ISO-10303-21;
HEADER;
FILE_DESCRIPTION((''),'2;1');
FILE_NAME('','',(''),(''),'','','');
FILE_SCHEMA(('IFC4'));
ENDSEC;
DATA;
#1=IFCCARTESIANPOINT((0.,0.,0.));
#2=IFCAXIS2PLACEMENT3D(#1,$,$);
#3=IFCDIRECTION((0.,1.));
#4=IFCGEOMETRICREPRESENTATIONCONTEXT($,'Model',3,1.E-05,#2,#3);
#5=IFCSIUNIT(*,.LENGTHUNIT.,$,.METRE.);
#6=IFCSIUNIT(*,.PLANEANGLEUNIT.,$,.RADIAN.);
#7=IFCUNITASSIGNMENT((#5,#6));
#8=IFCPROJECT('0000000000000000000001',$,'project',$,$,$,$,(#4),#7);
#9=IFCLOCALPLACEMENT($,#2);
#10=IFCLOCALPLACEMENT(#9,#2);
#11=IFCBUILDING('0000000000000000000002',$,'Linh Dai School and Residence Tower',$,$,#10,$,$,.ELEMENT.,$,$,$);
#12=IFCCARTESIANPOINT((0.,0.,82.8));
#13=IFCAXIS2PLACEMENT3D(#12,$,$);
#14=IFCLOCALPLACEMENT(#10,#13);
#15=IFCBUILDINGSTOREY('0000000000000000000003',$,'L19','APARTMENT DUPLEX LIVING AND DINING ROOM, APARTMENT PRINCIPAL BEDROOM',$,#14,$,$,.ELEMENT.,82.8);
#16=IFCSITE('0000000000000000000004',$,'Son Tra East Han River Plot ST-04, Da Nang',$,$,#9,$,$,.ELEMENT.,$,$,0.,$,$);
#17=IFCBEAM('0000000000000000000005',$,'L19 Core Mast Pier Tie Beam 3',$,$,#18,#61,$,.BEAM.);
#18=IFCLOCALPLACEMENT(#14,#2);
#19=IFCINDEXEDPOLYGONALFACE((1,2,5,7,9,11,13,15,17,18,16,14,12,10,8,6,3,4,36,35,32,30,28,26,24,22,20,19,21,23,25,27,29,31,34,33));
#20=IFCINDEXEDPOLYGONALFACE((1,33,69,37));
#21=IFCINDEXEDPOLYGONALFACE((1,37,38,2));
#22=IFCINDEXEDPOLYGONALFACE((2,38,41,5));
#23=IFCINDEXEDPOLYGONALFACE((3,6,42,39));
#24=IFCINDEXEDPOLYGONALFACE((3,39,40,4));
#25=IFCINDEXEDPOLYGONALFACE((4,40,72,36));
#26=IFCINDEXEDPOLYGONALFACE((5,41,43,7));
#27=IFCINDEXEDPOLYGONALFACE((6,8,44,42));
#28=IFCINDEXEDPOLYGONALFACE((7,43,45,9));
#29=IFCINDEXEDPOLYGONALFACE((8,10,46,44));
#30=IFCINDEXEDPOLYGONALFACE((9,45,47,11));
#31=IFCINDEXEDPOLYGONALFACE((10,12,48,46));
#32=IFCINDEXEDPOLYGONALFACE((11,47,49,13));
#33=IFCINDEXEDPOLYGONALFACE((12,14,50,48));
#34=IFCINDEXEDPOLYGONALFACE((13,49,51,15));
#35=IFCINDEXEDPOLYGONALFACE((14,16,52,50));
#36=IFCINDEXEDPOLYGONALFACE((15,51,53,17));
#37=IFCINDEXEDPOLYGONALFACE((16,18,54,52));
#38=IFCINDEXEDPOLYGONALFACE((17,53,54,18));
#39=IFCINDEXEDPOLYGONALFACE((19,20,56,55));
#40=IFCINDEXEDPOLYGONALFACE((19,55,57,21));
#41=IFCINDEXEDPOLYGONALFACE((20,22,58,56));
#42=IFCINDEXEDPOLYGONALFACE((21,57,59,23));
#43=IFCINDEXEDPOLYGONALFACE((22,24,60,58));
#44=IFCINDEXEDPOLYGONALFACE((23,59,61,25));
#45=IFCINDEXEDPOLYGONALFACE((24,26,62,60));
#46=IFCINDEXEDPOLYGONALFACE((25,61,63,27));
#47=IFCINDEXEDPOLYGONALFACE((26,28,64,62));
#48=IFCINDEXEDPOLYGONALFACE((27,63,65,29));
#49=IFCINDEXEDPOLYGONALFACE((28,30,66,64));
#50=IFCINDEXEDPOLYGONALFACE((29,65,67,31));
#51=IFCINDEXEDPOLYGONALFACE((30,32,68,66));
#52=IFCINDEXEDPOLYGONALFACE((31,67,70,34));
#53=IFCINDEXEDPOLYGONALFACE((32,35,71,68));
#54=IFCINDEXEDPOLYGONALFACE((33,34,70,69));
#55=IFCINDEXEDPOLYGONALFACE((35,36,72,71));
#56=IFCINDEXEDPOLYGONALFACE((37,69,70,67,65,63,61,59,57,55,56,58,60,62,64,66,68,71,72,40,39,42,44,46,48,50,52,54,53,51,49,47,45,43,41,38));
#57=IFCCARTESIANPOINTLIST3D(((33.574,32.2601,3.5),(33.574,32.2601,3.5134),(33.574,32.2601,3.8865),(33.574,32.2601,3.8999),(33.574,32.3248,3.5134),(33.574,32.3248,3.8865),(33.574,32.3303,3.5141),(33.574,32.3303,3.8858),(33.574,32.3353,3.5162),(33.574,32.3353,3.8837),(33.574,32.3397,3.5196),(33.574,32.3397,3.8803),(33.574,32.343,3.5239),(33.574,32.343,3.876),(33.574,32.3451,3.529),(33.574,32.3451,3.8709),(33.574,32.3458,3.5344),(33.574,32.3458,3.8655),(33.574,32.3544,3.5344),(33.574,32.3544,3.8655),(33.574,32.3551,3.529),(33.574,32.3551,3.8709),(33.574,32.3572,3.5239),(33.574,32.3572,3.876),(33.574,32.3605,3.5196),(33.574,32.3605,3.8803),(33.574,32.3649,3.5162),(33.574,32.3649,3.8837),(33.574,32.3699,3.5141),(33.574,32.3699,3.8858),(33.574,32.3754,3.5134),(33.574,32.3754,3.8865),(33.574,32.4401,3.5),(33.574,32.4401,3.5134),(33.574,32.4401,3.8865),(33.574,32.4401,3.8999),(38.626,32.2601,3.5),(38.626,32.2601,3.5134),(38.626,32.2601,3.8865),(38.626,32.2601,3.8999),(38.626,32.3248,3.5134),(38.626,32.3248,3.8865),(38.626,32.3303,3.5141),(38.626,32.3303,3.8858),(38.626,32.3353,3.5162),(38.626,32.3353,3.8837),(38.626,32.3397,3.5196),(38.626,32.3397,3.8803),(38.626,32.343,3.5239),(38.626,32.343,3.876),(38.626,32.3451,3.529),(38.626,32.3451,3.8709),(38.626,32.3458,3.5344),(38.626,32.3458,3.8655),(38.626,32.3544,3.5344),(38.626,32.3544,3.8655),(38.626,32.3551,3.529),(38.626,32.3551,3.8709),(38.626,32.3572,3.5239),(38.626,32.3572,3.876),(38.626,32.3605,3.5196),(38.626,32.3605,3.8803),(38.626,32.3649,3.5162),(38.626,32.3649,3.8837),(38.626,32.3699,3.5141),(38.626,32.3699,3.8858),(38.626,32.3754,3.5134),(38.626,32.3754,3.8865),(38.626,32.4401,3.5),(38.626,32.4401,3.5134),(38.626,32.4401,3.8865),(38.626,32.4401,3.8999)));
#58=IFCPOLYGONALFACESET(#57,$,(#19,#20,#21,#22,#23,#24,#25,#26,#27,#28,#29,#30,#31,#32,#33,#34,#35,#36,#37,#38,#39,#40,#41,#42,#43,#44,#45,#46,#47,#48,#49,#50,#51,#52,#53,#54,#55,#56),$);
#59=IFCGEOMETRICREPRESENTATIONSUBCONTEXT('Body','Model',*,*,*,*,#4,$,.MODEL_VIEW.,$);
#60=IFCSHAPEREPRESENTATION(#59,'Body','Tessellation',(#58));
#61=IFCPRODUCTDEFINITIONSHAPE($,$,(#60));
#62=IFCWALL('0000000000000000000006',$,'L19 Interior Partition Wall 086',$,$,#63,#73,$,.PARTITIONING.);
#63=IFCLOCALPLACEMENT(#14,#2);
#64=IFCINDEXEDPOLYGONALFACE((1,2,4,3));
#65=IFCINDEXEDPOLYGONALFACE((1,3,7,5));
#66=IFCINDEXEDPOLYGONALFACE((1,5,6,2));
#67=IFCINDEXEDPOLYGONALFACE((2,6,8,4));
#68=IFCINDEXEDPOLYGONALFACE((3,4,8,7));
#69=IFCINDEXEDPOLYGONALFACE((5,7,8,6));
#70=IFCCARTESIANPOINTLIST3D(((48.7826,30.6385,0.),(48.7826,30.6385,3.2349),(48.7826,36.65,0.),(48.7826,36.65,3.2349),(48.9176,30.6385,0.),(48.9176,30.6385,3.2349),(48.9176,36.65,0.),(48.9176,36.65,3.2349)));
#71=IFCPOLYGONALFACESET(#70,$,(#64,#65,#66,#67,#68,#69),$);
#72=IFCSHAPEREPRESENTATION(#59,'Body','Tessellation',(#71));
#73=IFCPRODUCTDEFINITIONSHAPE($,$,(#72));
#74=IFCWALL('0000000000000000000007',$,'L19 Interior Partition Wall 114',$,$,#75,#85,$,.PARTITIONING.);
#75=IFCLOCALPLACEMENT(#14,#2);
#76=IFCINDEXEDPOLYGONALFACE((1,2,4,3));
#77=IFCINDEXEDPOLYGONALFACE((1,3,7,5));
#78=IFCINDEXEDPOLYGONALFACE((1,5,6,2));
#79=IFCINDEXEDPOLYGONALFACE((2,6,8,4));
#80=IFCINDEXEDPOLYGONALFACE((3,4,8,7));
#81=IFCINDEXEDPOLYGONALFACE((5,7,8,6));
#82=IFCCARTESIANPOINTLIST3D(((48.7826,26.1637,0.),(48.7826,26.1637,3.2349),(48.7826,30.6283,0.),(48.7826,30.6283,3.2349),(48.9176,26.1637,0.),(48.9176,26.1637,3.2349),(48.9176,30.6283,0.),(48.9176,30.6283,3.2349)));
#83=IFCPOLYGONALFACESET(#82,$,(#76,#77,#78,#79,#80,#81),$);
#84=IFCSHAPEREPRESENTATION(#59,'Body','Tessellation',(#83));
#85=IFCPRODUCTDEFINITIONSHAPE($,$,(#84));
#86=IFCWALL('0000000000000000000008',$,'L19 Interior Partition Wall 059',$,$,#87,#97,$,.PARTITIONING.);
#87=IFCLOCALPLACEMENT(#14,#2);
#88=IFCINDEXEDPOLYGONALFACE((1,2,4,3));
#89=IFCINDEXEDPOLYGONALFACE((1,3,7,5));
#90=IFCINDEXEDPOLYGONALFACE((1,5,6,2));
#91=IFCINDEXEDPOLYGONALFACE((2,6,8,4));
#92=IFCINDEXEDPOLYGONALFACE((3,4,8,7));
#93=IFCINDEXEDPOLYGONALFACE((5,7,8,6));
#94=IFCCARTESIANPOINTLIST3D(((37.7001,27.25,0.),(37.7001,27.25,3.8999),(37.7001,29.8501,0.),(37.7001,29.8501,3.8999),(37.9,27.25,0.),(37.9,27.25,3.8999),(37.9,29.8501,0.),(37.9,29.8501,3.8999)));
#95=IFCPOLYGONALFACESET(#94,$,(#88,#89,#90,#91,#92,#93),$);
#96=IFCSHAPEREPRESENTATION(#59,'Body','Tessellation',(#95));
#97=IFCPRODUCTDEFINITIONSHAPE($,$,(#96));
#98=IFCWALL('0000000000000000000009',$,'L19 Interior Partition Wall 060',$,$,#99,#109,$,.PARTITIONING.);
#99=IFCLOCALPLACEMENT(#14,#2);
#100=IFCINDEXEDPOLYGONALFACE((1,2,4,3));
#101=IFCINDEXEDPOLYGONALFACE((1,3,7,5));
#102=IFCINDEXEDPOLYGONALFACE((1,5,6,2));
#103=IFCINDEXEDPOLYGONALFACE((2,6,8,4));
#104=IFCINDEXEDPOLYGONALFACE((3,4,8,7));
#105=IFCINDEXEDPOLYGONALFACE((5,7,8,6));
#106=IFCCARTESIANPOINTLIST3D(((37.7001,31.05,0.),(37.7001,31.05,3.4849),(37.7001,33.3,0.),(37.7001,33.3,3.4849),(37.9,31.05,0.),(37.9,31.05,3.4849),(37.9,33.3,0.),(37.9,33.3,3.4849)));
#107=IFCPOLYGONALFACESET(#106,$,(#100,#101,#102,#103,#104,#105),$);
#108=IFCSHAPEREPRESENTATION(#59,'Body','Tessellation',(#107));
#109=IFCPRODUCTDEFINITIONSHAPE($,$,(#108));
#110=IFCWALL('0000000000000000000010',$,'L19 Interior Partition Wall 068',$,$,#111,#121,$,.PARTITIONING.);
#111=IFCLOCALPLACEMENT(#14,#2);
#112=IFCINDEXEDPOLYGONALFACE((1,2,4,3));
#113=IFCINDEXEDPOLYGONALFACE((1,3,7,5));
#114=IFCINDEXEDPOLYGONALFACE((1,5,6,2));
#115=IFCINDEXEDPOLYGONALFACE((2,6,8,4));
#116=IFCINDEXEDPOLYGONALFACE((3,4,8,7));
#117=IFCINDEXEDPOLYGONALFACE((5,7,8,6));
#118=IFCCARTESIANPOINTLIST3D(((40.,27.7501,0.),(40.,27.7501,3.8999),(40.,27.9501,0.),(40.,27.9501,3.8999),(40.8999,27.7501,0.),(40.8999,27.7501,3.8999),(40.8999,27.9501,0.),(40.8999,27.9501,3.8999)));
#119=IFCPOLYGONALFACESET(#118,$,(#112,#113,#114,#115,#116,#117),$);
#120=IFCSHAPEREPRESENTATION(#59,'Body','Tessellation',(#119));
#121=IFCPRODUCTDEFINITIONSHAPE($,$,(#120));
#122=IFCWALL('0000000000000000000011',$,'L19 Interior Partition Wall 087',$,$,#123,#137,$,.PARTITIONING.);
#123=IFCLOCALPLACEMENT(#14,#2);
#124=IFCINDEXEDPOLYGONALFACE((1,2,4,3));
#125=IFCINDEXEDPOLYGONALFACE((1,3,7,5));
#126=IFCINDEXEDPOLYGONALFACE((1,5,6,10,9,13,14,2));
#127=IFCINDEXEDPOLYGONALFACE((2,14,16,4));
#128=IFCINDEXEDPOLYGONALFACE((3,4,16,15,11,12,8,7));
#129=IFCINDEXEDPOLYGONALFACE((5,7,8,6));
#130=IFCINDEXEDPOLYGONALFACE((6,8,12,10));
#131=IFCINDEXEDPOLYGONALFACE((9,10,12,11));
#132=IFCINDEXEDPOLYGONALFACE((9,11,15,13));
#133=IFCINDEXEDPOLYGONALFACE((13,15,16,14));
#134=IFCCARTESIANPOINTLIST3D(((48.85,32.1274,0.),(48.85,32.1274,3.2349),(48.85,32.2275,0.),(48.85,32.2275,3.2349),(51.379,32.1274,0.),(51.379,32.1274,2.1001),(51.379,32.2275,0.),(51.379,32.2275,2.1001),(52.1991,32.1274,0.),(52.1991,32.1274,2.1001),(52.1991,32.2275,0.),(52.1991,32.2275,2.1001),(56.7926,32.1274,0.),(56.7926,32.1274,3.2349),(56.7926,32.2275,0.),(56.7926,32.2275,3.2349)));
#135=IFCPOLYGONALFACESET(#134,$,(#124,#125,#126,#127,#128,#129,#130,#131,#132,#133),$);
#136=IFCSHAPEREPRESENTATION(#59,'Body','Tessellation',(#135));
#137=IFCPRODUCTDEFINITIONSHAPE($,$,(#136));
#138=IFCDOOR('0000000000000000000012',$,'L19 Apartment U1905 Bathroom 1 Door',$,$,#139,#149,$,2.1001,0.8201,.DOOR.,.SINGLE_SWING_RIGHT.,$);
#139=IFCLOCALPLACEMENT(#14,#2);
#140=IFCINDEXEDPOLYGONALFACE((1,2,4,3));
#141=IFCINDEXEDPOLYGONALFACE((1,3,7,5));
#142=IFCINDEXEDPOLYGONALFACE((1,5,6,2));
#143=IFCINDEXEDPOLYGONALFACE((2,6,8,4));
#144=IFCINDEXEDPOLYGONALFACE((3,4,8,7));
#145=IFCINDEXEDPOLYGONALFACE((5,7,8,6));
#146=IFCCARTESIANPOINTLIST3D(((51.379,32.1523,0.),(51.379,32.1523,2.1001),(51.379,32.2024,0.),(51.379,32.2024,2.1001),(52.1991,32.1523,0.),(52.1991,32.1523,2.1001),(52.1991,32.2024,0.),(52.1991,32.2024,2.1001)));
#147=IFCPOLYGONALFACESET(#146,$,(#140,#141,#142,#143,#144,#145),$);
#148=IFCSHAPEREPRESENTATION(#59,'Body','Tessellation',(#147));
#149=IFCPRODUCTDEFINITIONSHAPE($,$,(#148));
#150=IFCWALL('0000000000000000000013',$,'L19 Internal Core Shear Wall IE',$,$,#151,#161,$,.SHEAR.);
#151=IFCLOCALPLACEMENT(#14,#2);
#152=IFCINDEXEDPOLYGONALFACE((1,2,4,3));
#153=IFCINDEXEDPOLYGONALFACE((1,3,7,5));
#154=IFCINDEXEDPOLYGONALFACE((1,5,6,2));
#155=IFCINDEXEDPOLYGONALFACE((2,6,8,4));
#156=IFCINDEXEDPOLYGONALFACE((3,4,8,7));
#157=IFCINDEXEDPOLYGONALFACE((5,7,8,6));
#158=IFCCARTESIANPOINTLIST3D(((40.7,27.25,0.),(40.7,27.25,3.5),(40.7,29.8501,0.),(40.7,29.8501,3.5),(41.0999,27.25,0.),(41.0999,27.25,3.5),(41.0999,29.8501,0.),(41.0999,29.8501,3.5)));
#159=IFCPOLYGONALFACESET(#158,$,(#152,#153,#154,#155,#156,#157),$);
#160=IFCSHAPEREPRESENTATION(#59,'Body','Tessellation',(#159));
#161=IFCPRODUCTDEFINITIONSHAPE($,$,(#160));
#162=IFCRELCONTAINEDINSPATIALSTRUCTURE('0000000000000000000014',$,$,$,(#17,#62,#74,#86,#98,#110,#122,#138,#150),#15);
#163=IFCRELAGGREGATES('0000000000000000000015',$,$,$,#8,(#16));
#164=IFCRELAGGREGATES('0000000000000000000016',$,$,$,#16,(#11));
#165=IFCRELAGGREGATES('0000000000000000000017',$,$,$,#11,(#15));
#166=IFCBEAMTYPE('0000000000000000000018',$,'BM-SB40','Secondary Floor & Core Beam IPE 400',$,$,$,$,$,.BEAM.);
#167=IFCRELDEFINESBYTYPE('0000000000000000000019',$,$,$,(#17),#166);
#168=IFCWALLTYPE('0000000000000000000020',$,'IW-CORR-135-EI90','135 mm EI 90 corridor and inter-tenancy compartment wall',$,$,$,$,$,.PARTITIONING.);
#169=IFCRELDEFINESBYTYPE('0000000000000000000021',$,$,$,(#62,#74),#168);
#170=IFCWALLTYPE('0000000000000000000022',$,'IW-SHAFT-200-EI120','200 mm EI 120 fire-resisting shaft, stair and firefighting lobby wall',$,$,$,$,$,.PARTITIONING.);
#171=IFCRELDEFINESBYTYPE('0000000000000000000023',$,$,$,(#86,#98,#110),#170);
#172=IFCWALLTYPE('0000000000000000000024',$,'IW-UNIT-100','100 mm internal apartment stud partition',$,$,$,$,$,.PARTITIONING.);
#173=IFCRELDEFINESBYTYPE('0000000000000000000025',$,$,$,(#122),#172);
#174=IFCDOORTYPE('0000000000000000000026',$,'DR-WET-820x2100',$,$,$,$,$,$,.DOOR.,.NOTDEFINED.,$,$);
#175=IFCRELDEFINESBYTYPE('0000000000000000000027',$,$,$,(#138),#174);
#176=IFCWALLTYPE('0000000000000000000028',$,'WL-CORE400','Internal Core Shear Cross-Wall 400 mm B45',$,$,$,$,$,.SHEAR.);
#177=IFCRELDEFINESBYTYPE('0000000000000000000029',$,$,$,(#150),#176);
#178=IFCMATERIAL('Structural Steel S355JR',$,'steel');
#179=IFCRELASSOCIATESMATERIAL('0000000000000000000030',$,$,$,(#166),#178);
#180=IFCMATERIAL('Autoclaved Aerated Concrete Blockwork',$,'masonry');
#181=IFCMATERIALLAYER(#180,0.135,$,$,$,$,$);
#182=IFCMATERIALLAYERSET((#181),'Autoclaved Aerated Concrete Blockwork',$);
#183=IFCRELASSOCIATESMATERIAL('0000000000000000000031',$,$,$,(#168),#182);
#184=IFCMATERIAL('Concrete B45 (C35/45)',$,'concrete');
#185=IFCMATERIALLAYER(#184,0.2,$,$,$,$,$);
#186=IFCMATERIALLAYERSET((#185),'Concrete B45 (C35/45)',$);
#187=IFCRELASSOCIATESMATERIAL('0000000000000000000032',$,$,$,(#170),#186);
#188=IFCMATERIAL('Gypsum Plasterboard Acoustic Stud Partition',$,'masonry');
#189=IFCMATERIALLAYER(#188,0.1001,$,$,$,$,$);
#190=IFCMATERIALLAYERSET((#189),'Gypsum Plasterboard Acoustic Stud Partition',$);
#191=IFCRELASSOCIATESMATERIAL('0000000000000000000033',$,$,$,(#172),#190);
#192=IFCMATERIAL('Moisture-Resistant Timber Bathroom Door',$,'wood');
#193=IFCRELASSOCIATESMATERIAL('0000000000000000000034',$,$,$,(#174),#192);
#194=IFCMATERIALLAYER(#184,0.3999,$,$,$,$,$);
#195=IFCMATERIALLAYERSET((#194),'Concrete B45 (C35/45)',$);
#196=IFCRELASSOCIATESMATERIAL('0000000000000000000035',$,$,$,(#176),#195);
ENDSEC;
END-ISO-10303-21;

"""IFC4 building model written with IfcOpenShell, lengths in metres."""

from ifc_helpers import new_model, si_unit, direction, frame, frame_2d, origin, origin_2d, place, context, subcontext, project, spatial, rectangle, i_section, extrude, source, transform, mapped, material, layer, layer_set, material_profile, profile_set, type_object, element, fill, save


model = new_model("IFC4")

# Units and contexts
model_context = context("Model", 3, precision=1e-05, world=origin(), true_north=direction((0.0, 1.0)))
body_context = subcontext(model_context, "Body", "Model", "MODEL_VIEW")
ifc_project = project(units=[si_unit("LENGTHUNIT", "METRE"), si_unit("PLANEANGLEUNIT", "RADIAN")], contexts=[model_context])

# Site, building, storey
site_placement = place(None, origin())
site = spatial("IfcSite", under=ifc_project, at=site_placement, Name="Son Tra East Han River Plot ST-04, Da Nang", CompositionType="ELEMENT", RefElevation=0.0)
building_placement = place(site_placement, origin())
building = spatial("IfcBuilding", under=site, at=building_placement, Name="Linh Dai School and Residence Tower", CompositionType="ELEMENT")
storey_placement = place(building_placement, frame((0.0, 0.0, 82.8)))
storey = spatial("IfcBuildingStorey", under=building, at=storey_placement, Name="L19", Description="APARTMENT DUPLEX LIVING AND DINING ROOM, APARTMENT PRINCIPAL BEDROOM", CompositionType="ELEMENT", Elevation=82.8)

# Shared definitions
ifc_material_1 = material(Name="Structural Steel S355JR", Category="steel")

# Beam
ifc_material_profile_1 = material_profile(ifc_material_1, i_section(OverallWidth=0.1799, OverallDepth=0.3999, WebThickness=0.0085, FlangeThickness=0.0134, FilletRadius=0.021, at=origin_2d()), Name="IPE 400")
ifc_profile_set_1 = profile_set([ifc_material_profile_1], Name="Structural Steel S355JR")
beam_type_1 = type_object("IfcBeamType", Name="BM-SB40", Description="Secondary Floor & Core Beam IPE 400", PredefinedType="BEAM", material=ifc_profile_set_1)
beam_1_placement = place(storey_placement, frame((38.626, 32.3501, 3.7), z_axis=(-1.0, 0.0, 0.0), x_axis=(0.0, -1.0, 0.0)))
element("IfcBeam", 1, at=beam_1_placement, inside=storey, type_object=beam_type_1, Name="L19 Core Mast Pier Tie Beam 3", PredefinedType="BEAM", context=body_context, shape_type="SweptSolid", body=[
    extrude(i_section(OverallWidth=0.1799, OverallDepth=0.3999, WebThickness=0.0085, FlangeThickness=0.0134, FilletRadius=0.021, at=origin_2d()), origin(), (0.0, 0.0, 1.0), 5.052),
])

# Walls
ifc_material_2 = material(Name="Autoclaved Aerated Concrete Blockwork", Category="masonry")
ifc_layer_1 = layer(ifc_material_2, 0.135)
ifc_layer_set_1 = layer_set([ifc_layer_1], Name="Autoclaved Aerated Concrete Blockwork")
wall_type_1 = type_object("IfcWallType", Name="IW-CORR-135-EI90", Description="135 mm EI 90 corridor and inter-tenancy compartment wall", PredefinedType="PARTITIONING", material=ifc_layer_set_1)
wall_1_placement = place(storey_placement, frame((48.8501, 30.6384, 0.0), z_axis=(0.0, 0.0, 1.0), x_axis=(0.0, 1.0, 0.0)))
element("IfcWall", 2, at=wall_1_placement, inside=storey, type_object=wall_type_1, Name="L19 Interior Partition Wall 086", PredefinedType="PARTITIONING", context=body_context, shape_type="SweptSolid", body=[
    extrude(rectangle(XDim=6.0115, YDim=0.135, at=frame_2d((3.0059, 0.0))), origin(), (0.0, 0.0, 1.0), 3.2349),
])
wall_2_placement = place(storey_placement, frame((48.8501, 30.6284, 0.0), z_axis=(0.0, 0.0, 1.0), x_axis=(0.0, -1.0, 0.0)))
element("IfcWall", 3, at=wall_2_placement, inside=storey, type_object=wall_type_1, Name="L19 Interior Partition Wall 114", PredefinedType="PARTITIONING", context=body_context, shape_type="SweptSolid", body=[
    extrude(rectangle(XDim=4.4646, YDim=0.135, at=frame_2d((2.2324, 0.0))), origin(), (0.0, 0.0, 1.0), 3.2349),
])
ifc_material_3 = material(Name="Concrete B45 (C35/45)", Category="concrete")
ifc_layer_2 = layer(ifc_material_3, 0.2)
ifc_layer_set_2 = layer_set([ifc_layer_2], Name="Concrete B45 (C35/45)")
wall_type_2 = type_object("IfcWallType", Name="IW-SHAFT-200-EI120", Description="200 mm EI 120 fire-resisting shaft, stair and firefighting lobby wall", PredefinedType="PARTITIONING", material=ifc_layer_set_2)
wall_3_placement = place(storey_placement, frame((37.8, 27.25, 0.0), z_axis=(0.0, 0.0, 1.0), x_axis=(0.0, 1.0, 0.0)))
element("IfcWall", 4, at=wall_3_placement, inside=storey, type_object=wall_type_2, Name="L19 Interior Partition Wall 059", PredefinedType="PARTITIONING", context=body_context, shape_type="SweptSolid", body=[
    extrude(rectangle(XDim=2.6001, YDim=0.2, at=frame_2d((1.3, 0.0))), origin(), (0.0, 0.0, 1.0), 3.8999),
])
wall_4_placement = place(storey_placement, frame((37.8, 31.05, 0.0), z_axis=(0.0, 0.0, 1.0), x_axis=(0.0, 1.0, 0.0)))
element("IfcWall", 5, at=wall_4_placement, inside=storey, type_object=wall_type_2, Name="L19 Interior Partition Wall 060", PredefinedType="PARTITIONING", context=body_context, shape_type="SweptSolid", body=[
    extrude(rectangle(XDim=2.25, YDim=0.2, at=frame_2d((1.125, 0.0))), origin(), (0.0, 0.0, 1.0), 3.4849),
])
wall_5_placement = place(storey_placement, frame((40.0, 27.8501, 0.0), z_axis=(0.0, 0.0, 1.0), x_axis=(1.0, 0.0, 0.0)))
element("IfcWall", 6, at=wall_5_placement, inside=storey, type_object=wall_type_2, Name="L19 Interior Partition Wall 068", PredefinedType="PARTITIONING", context=body_context, shape_type="SweptSolid", body=[
    extrude(rectangle(XDim=0.8999, YDim=0.2, at=frame_2d((0.45, 0.0))), origin(), (0.0, 0.0, 1.0), 3.8999),
])

# Wall, opening, door
ifc_material_4 = material(Name="Gypsum Plasterboard Acoustic Stud Partition", Category="masonry")
ifc_layer_3 = layer(ifc_material_4, 0.1001)
ifc_layer_set_3 = layer_set([ifc_layer_3], Name="Gypsum Plasterboard Acoustic Stud Partition")
wall_type_3 = type_object("IfcWallType", Name="IW-UNIT-100", Description="100 mm internal apartment stud partition", PredefinedType="PARTITIONING", material=ifc_layer_set_3)
wall_6_placement = place(storey_placement, frame((48.8501, 32.1775, 0.0), z_axis=(0.0, 0.0, 1.0), x_axis=(1.0, 0.0, 0.0)))
wall_6 = element("IfcWall", 7, at=wall_6_placement, inside=storey, type_object=wall_type_3, Name="L19 Interior Partition Wall 087", PredefinedType="PARTITIONING", context=body_context, shape_type="SweptSolid", body=[
    extrude(rectangle(XDim=7.9426, YDim=0.1001, at=frame_2d((3.9712, 0.0))), origin(), (0.0, 0.0, 1.0), 3.2349),
])
opening_placement = place(wall_6_placement, frame((2.5288, 0.0, 0.0)))
opening = element("IfcOpeningElement", 8, at=opening_placement, cuts=wall_6, PredefinedType="OPENING", context=body_context, shape_type="SweptSolid", body=[
    extrude(rectangle(XDim=0.8201, YDim=2.1001, at=origin_2d()), frame((0.4102, 0.0601, 1.05), z_axis=(0.0, -1.0, 0.0), x_axis=(1.0, 0.0, 0.0)), (0.0, 0.0, 1.0), 0.1201),
])
ifc_material_5 = material(Name="Moisture-Resistant Timber Bathroom Door", Category="wood")
door_type = type_object("IfcDoorType", Name="DR-WET-820x2100", OperationType="NOTDEFINED", PredefinedType="DOOR", material=ifc_material_5)
shared_shape_1 = source(origin(), body_context, "Body", "SweptSolid", [
    extrude(rectangle(XDim=0.8201, YDim=2.1001, at=origin_2d()), frame((0.4102, 0.0249, 1.05), z_axis=(0.0, -1.0, 0.0), x_axis=(1.0, 0.0, 0.0)), (0.0, 0.0, 1.0), 0.05),
])
door_placement = place(opening_placement, origin())
door = element("IfcDoor", 9, at=door_placement, inside=storey, type_object=door_type, Name="L19 Apartment U1905 Bathroom 1 Door", OperationType="SINGLE_SWING_RIGHT", OverallHeight=2.1001, OverallWidth=0.8201, PredefinedType="DOOR", context=body_context, shape_type="MappedRepresentation", body=[
    mapped(shared_shape_1, transform((0.0, 0.0, 0.0), x_axis=(1.0, 0.0, 0.0), y_axis=(0.0, 1.0, 0.0), z_axis=(0.0, 0.0, 1.0), scale=1.0)),
])
fill(opening, door)

# Wall
ifc_layer_4 = layer(ifc_material_3, 0.3999)
ifc_layer_set_4 = layer_set([ifc_layer_4], Name="Concrete B45 (C35/45)")
wall_type_4 = type_object("IfcWallType", Name="WL-CORE400", Description="Internal Core Shear Cross-Wall 400 mm B45", PredefinedType="SHEAR", material=ifc_layer_set_4)
wall_7_placement = place(storey_placement, frame((40.8999, 27.25, 0.0), z_axis=(0.0, 0.0, 1.0), x_axis=(0.0, 1.0, 0.0)))
element("IfcWall", 10, at=wall_7_placement, inside=storey, type_object=wall_type_4, Name="L19 Internal Core Shear Wall IE", PredefinedType="SHEAR", context=body_context, shape_type="SweptSolid", body=[
    extrude(rectangle(XDim=2.6001, YDim=0.3999, at=frame_2d((1.3, 0.0))), origin(), (0.0, 0.0, 1.0), 3.5),
])

save(model, "model.ifc")
